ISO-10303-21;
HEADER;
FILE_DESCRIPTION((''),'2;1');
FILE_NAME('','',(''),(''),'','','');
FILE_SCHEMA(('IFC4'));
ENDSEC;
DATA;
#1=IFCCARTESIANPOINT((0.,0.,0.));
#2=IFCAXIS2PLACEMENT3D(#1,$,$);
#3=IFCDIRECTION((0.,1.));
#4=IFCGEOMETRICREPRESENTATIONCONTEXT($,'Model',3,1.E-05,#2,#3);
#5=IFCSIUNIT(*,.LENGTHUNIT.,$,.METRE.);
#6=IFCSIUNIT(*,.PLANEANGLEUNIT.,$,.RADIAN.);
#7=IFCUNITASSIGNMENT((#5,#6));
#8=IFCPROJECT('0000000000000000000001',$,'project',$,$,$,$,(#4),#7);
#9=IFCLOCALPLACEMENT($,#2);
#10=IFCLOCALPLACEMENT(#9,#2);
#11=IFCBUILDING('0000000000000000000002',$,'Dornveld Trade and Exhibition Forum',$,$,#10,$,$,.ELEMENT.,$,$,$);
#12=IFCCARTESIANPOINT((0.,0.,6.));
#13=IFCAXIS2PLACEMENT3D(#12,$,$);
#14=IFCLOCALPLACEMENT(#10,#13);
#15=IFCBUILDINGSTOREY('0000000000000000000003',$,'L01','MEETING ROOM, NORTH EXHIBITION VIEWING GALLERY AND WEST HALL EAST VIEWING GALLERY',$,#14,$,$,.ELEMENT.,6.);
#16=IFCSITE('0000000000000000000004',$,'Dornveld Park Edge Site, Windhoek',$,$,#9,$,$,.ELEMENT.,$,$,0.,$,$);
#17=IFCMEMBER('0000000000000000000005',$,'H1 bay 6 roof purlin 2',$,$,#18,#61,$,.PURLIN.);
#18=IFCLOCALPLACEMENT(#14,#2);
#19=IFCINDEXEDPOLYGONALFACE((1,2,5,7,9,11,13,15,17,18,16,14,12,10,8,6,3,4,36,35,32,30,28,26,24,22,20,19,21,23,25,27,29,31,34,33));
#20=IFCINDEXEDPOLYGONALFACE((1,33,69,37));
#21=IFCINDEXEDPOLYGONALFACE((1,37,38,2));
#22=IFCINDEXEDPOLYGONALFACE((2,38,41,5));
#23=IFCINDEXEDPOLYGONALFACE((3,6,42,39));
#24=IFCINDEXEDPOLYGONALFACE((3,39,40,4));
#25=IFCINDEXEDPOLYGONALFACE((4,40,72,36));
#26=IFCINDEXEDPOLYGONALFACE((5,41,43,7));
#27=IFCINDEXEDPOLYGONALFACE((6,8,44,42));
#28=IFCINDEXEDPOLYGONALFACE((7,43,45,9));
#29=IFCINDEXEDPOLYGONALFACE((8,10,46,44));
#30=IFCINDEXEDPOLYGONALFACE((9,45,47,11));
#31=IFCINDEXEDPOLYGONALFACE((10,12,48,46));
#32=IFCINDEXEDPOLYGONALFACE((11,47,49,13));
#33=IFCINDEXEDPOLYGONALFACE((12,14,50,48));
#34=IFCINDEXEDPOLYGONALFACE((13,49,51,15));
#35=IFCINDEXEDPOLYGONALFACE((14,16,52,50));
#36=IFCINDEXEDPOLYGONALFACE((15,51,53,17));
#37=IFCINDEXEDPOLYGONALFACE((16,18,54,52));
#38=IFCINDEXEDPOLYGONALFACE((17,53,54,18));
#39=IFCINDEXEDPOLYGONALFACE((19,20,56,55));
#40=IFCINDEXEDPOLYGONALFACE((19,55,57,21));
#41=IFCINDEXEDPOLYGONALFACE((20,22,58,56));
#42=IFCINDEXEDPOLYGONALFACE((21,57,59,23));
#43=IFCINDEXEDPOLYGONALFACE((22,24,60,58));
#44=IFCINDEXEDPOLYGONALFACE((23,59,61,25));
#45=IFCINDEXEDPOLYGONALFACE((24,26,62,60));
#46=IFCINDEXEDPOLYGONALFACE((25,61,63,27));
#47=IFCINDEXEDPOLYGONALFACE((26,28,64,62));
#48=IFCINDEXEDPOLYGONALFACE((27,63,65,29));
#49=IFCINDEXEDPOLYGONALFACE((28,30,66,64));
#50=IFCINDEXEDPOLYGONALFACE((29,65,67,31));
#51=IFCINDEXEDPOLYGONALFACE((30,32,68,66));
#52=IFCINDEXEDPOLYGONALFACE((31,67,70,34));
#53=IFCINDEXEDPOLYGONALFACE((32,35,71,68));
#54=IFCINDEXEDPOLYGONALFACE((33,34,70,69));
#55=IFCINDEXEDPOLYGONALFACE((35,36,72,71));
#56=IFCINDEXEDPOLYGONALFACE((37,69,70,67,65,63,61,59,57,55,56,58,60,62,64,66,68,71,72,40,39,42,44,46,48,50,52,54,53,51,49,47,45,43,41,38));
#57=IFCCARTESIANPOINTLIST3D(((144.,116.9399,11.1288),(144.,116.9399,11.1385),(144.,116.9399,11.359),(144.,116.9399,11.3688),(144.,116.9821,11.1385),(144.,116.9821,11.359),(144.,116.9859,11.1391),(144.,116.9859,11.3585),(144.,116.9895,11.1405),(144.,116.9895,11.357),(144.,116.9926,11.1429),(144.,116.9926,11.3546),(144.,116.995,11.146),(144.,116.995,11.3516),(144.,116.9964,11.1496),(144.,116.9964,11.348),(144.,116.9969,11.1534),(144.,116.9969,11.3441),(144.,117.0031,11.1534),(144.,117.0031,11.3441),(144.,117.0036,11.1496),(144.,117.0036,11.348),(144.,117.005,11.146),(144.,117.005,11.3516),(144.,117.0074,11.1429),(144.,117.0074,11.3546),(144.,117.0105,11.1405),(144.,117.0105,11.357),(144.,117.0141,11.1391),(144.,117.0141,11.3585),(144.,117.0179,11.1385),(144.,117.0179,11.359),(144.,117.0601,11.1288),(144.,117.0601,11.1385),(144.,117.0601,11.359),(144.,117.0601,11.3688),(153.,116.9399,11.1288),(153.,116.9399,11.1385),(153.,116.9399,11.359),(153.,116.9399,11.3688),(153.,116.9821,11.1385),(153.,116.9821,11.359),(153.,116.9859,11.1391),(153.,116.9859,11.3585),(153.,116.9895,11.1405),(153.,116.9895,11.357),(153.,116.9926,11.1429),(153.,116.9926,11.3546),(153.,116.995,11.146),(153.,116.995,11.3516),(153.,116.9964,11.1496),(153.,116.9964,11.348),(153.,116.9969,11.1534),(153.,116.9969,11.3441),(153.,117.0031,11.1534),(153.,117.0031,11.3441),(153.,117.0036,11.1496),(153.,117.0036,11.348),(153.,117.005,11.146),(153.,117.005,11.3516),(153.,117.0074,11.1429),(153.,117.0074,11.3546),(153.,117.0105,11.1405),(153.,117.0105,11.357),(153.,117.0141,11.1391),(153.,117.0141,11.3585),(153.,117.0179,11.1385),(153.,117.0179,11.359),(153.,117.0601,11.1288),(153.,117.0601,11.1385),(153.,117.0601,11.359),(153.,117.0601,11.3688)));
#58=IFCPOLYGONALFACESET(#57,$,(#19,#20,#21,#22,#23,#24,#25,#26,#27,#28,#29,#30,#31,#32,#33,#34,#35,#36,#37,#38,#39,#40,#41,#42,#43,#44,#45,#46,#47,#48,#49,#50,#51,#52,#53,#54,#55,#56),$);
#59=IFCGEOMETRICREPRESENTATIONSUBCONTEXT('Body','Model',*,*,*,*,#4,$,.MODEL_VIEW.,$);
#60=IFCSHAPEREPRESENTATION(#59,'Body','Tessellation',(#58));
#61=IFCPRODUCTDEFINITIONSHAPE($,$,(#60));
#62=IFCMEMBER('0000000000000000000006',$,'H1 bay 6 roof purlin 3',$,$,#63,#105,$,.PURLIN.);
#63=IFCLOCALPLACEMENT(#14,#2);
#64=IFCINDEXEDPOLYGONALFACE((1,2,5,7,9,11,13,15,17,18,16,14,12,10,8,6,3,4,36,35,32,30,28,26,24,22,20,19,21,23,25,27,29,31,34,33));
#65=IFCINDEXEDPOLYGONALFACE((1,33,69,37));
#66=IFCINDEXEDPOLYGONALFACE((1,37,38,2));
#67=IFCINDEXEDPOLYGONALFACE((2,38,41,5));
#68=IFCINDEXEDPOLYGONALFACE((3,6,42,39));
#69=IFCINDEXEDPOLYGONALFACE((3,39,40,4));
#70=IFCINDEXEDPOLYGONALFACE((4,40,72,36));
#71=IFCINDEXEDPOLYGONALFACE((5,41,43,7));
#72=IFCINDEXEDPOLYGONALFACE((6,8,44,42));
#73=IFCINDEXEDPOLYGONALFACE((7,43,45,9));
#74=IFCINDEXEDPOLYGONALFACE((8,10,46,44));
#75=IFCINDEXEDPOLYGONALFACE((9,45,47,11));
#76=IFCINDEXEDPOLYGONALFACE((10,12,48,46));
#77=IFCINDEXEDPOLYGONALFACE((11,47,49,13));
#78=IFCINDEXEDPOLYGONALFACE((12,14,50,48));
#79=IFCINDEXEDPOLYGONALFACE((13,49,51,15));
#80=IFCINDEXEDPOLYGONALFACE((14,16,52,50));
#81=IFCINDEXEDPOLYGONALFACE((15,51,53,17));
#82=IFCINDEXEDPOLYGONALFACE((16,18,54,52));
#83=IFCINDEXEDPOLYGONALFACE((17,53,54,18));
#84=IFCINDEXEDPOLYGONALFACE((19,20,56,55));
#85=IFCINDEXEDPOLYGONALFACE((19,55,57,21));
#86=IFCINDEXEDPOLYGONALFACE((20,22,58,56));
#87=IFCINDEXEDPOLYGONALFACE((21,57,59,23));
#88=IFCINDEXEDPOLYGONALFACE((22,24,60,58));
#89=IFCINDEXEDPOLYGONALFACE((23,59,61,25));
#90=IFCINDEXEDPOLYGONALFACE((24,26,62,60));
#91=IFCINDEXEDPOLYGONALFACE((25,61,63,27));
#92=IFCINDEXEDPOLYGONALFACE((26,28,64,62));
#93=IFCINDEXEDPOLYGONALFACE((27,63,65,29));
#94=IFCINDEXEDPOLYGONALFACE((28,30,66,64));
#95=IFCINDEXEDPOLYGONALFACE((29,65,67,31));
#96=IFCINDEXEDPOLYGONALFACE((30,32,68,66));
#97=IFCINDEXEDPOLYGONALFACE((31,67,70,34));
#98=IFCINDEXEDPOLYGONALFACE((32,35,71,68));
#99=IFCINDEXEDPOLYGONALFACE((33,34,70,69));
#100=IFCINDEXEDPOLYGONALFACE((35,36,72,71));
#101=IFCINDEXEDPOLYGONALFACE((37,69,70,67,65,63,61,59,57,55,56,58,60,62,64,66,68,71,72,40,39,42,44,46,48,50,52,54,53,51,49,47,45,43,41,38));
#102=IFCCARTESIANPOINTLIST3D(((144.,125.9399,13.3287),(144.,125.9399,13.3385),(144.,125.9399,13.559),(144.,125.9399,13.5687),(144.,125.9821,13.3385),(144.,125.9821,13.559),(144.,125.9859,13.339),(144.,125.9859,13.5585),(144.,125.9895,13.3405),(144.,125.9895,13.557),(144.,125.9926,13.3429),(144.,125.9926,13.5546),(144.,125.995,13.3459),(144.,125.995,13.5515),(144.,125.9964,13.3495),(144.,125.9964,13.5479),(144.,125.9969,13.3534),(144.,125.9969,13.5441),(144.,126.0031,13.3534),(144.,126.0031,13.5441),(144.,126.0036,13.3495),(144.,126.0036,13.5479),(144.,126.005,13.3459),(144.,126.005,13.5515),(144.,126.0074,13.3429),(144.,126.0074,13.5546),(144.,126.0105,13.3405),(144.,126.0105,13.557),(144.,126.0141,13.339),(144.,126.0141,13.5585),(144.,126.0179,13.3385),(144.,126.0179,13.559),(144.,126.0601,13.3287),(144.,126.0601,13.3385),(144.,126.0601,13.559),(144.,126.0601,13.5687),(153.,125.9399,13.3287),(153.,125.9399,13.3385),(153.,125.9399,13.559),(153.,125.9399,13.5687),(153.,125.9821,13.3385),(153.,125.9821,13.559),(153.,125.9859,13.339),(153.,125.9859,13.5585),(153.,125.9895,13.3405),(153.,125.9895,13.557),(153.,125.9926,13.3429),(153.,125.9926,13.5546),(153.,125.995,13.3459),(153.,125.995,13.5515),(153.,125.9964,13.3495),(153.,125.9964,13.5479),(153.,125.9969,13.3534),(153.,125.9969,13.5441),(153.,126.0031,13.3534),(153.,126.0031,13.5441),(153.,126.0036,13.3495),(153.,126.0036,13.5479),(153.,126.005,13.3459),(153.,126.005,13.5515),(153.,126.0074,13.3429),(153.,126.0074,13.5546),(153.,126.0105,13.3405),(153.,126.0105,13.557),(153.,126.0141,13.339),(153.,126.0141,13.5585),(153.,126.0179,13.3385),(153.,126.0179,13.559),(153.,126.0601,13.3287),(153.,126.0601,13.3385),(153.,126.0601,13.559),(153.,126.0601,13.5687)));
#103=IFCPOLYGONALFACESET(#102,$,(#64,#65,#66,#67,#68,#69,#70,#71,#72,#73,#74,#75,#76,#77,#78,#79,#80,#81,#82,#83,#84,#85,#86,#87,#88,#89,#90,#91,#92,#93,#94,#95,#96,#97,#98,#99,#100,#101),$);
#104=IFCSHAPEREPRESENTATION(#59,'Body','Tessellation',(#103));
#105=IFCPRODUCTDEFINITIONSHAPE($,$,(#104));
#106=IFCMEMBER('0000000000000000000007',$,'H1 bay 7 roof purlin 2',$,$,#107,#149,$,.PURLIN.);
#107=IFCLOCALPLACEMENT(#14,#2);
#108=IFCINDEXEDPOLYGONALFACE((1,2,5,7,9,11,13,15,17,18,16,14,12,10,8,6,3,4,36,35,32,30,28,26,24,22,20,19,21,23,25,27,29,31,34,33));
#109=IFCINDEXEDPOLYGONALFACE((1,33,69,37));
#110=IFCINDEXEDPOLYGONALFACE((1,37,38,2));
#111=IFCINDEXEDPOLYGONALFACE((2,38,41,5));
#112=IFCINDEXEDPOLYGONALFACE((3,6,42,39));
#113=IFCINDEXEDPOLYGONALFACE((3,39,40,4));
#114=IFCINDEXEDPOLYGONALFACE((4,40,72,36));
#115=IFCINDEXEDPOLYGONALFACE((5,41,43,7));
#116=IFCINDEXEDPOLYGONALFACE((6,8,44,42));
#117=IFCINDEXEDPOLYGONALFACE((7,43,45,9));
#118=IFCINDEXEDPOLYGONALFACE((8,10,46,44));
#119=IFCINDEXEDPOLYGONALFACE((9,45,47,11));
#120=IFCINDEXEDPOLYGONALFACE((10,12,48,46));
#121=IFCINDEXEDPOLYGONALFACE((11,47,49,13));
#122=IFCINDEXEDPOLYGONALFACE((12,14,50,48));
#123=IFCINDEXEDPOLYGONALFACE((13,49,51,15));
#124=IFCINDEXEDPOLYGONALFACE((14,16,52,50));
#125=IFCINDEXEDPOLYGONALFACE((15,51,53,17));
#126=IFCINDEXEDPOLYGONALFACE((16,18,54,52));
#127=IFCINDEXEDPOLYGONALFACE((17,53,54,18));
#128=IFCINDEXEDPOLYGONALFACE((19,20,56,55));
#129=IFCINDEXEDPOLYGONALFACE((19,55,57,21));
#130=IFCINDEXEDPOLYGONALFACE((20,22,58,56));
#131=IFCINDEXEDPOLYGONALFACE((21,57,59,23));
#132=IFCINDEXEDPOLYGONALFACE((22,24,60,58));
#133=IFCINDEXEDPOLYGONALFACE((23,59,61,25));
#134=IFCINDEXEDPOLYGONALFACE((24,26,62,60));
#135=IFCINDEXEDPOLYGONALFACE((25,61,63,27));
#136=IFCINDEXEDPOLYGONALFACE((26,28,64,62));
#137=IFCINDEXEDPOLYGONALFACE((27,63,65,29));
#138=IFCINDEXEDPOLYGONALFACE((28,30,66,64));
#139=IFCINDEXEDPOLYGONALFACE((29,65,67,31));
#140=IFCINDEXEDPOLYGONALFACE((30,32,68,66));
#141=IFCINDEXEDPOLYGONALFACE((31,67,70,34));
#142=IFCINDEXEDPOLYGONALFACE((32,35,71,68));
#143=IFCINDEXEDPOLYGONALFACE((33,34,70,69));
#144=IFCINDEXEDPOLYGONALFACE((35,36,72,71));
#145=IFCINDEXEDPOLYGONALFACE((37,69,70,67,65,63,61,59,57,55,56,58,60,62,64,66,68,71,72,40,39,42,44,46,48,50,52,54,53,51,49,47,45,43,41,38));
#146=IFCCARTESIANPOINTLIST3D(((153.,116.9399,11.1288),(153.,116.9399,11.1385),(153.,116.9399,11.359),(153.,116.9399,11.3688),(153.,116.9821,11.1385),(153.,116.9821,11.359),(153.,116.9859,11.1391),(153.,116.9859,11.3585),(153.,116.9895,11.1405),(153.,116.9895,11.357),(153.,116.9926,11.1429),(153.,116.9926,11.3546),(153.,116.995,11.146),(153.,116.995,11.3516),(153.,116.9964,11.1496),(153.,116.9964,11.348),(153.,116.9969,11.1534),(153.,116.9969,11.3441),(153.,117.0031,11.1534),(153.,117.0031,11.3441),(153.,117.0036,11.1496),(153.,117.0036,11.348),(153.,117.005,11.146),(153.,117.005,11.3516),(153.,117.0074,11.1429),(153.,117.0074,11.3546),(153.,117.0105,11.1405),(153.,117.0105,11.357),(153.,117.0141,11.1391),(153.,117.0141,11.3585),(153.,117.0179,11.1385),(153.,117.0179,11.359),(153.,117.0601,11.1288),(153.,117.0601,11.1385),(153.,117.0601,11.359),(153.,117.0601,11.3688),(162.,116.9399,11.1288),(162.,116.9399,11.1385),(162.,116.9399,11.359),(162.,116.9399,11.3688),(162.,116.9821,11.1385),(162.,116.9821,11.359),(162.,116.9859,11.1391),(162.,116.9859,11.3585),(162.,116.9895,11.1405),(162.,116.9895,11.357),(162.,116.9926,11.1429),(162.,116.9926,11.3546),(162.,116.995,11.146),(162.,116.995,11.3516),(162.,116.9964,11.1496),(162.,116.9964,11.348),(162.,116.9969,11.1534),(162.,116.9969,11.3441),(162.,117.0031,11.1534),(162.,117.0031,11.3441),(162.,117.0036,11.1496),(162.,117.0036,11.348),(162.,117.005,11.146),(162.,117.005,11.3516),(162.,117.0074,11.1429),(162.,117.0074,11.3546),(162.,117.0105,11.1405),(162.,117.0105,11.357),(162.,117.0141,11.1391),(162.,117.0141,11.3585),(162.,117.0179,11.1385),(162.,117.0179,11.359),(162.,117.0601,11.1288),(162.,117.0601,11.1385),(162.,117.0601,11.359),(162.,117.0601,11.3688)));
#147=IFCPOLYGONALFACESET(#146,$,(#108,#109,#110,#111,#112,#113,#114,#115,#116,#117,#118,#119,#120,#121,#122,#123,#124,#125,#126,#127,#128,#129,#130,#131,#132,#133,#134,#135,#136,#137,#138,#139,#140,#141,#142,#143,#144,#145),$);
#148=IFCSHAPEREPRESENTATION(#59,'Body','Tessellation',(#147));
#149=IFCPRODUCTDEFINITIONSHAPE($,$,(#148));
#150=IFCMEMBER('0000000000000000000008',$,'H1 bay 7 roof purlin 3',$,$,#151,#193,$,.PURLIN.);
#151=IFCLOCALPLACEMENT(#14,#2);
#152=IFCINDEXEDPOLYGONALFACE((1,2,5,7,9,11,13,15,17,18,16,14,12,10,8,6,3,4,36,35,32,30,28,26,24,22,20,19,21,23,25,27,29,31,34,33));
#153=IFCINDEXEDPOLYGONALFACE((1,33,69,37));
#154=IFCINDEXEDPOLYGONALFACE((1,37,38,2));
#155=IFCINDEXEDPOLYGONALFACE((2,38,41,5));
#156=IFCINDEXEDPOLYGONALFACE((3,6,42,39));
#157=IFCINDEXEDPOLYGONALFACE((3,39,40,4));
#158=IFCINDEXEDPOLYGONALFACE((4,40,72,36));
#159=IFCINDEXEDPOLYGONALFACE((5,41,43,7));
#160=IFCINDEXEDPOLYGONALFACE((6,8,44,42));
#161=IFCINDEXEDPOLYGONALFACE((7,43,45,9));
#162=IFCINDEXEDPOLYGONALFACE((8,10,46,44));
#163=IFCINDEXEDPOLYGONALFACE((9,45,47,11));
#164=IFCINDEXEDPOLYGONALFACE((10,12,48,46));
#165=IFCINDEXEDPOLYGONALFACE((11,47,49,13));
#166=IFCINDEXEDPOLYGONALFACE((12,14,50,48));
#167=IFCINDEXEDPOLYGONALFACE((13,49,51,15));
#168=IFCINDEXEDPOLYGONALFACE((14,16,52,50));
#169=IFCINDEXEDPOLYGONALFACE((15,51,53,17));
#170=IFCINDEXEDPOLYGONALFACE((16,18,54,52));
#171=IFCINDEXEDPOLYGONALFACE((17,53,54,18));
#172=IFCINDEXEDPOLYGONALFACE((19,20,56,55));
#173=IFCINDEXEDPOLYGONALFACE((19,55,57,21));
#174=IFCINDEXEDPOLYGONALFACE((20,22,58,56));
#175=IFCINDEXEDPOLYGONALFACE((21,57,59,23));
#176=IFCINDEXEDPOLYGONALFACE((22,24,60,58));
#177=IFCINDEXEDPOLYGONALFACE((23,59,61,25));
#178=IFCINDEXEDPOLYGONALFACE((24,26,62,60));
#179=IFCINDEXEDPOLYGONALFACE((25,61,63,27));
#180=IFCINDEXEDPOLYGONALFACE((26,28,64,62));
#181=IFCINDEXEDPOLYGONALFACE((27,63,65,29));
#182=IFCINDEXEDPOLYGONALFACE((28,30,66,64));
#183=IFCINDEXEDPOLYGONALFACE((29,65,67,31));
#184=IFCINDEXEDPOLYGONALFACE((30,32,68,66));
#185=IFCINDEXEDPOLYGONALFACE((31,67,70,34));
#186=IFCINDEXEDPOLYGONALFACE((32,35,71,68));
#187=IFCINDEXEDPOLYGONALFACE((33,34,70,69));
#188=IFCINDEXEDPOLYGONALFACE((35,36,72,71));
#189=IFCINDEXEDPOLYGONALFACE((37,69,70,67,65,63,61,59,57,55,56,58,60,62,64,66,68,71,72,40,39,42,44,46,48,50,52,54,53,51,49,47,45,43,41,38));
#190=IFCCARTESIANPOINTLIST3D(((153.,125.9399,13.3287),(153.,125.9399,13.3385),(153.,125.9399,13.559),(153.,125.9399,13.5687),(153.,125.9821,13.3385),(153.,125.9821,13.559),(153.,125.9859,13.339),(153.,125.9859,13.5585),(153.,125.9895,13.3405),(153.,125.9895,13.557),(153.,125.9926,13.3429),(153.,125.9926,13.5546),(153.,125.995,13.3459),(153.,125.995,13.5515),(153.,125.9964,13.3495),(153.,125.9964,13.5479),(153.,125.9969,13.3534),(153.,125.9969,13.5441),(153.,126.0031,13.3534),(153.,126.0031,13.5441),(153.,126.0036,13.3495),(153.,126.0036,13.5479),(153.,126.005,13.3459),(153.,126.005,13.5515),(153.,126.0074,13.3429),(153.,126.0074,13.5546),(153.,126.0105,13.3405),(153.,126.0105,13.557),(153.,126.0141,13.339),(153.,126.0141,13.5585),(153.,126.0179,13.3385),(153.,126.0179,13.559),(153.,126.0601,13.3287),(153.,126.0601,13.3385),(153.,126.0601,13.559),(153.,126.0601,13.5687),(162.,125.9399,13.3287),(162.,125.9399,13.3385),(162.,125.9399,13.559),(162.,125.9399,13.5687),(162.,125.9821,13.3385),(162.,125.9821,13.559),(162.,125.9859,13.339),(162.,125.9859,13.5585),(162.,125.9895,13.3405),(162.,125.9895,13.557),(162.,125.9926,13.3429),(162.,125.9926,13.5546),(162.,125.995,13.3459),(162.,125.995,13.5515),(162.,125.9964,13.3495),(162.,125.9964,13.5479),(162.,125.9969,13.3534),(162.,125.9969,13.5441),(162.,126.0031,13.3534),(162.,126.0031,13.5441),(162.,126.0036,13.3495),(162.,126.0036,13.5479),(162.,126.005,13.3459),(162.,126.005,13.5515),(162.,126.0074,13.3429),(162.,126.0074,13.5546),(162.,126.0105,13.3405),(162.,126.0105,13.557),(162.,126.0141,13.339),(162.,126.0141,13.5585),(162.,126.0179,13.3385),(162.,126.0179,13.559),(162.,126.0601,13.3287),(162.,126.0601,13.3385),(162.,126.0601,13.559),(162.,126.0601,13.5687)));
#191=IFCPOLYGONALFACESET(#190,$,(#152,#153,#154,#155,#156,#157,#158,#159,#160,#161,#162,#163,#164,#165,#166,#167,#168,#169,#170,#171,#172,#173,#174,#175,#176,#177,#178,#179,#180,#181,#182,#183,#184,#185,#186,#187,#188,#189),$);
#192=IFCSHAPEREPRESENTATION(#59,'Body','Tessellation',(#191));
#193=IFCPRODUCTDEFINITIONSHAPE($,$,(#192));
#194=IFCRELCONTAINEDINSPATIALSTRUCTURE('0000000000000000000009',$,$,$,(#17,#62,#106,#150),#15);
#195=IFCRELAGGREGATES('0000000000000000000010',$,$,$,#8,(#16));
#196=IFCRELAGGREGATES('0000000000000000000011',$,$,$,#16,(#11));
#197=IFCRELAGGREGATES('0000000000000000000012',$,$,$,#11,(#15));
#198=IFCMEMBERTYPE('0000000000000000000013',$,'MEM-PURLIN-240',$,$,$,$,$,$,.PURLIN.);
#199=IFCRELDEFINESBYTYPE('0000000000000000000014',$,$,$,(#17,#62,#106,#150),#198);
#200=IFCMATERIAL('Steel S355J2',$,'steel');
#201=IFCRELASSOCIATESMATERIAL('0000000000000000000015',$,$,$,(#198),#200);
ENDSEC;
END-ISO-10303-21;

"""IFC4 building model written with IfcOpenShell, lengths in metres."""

from ifc_helpers import new_model, si_unit, direction, frame, origin, origin_2d, place, context, subcontext, project, spatial, i_section, extrude, material, material_profile, profile_set, type_object, element, save


model = new_model("IFC4")

# Units and contexts
model_context = context("Model", 3, precision=1e-05, world=origin(), true_north=direction((0.0, 1.0)))
body_context = subcontext(model_context, "Body", "Model", "MODEL_VIEW")
ifc_project = project(units=[si_unit("LENGTHUNIT", "METRE"), si_unit("PLANEANGLEUNIT", "RADIAN")], contexts=[model_context])

# Site, building, storey
site_placement = place(None, origin())
site = spatial("IfcSite", under=ifc_project, at=site_placement, Name="Dornveld Park Edge Site, Windhoek", CompositionType="ELEMENT", RefElevation=0.0)
building_placement = place(site_placement, origin())
building = spatial("IfcBuilding", under=site, at=building_placement, Name="Dornveld Trade and Exhibition Forum", CompositionType="ELEMENT")
storey_placement = place(building_placement, frame((0.0, 0.0, 6.0)))
storey = spatial("IfcBuildingStorey", under=building, at=storey_placement, Name="L01", Description="MEETING ROOM, NORTH EXHIBITION VIEWING GALLERY AND WEST HALL EAST VIEWING GALLERY", CompositionType="ELEMENT", Elevation=6.0)

# Members
ifc_material_1 = material(Name="Steel S355J2", Category="steel")
ifc_material_profile_1 = material_profile(ifc_material_1, i_section(OverallWidth=0.1201, OverallDepth=0.24, WebThickness=0.0061, FlangeThickness=0.0098, FilletRadius=0.0149, at=origin_2d()), Name="IPE 240")
ifc_profile_set_1 = profile_set([ifc_material_profile_1], Name="Steel S355J2")
member_type_1 = type_object("IfcMemberType", Name="MEM-PURLIN-240", PredefinedType="PURLIN", material=ifc_profile_set_1)
for number, where, z_axis, x_axis, name in (
    (1, (144.0, 117.0, 11.2488), (1.0, 0.0, 0.0), (0.0, 1.0, 0.0), "H1 bay 6 roof purlin 2"),
    (2, (144.0, 126.0, 13.4487), (1.0, 0.0, 0.0), (0.0, 1.0, 0.0), "H1 bay 6 roof purlin 3"),
    (3, (153.0, 117.0, 11.2488), (1.0, 0.0, 0.0), (0.0, 1.0, 0.0), "H1 bay 7 roof purlin 2"),
    (4, (153.0, 126.0, 13.4487), (1.0, 0.0, 0.0), (0.0, 1.0, 0.0), "H1 bay 7 roof purlin 3"),
):
    element("IfcMember", number, at=place(storey_placement, frame(where, z_axis=z_axis, x_axis=x_axis)), inside=storey, type_object=member_type_1, Name=name, PredefinedType="PURLIN", context=body_context, shape_type="SweptSolid", body=[
        extrude(i_section(OverallWidth=0.1201, OverallDepth=0.24, WebThickness=0.0061, FlangeThickness=0.0098, FilletRadius=0.0149, at=origin_2d()), origin(), (0.0, 0.0, 1.0), 9.0),
    ])

save(model, "model.ifc")
